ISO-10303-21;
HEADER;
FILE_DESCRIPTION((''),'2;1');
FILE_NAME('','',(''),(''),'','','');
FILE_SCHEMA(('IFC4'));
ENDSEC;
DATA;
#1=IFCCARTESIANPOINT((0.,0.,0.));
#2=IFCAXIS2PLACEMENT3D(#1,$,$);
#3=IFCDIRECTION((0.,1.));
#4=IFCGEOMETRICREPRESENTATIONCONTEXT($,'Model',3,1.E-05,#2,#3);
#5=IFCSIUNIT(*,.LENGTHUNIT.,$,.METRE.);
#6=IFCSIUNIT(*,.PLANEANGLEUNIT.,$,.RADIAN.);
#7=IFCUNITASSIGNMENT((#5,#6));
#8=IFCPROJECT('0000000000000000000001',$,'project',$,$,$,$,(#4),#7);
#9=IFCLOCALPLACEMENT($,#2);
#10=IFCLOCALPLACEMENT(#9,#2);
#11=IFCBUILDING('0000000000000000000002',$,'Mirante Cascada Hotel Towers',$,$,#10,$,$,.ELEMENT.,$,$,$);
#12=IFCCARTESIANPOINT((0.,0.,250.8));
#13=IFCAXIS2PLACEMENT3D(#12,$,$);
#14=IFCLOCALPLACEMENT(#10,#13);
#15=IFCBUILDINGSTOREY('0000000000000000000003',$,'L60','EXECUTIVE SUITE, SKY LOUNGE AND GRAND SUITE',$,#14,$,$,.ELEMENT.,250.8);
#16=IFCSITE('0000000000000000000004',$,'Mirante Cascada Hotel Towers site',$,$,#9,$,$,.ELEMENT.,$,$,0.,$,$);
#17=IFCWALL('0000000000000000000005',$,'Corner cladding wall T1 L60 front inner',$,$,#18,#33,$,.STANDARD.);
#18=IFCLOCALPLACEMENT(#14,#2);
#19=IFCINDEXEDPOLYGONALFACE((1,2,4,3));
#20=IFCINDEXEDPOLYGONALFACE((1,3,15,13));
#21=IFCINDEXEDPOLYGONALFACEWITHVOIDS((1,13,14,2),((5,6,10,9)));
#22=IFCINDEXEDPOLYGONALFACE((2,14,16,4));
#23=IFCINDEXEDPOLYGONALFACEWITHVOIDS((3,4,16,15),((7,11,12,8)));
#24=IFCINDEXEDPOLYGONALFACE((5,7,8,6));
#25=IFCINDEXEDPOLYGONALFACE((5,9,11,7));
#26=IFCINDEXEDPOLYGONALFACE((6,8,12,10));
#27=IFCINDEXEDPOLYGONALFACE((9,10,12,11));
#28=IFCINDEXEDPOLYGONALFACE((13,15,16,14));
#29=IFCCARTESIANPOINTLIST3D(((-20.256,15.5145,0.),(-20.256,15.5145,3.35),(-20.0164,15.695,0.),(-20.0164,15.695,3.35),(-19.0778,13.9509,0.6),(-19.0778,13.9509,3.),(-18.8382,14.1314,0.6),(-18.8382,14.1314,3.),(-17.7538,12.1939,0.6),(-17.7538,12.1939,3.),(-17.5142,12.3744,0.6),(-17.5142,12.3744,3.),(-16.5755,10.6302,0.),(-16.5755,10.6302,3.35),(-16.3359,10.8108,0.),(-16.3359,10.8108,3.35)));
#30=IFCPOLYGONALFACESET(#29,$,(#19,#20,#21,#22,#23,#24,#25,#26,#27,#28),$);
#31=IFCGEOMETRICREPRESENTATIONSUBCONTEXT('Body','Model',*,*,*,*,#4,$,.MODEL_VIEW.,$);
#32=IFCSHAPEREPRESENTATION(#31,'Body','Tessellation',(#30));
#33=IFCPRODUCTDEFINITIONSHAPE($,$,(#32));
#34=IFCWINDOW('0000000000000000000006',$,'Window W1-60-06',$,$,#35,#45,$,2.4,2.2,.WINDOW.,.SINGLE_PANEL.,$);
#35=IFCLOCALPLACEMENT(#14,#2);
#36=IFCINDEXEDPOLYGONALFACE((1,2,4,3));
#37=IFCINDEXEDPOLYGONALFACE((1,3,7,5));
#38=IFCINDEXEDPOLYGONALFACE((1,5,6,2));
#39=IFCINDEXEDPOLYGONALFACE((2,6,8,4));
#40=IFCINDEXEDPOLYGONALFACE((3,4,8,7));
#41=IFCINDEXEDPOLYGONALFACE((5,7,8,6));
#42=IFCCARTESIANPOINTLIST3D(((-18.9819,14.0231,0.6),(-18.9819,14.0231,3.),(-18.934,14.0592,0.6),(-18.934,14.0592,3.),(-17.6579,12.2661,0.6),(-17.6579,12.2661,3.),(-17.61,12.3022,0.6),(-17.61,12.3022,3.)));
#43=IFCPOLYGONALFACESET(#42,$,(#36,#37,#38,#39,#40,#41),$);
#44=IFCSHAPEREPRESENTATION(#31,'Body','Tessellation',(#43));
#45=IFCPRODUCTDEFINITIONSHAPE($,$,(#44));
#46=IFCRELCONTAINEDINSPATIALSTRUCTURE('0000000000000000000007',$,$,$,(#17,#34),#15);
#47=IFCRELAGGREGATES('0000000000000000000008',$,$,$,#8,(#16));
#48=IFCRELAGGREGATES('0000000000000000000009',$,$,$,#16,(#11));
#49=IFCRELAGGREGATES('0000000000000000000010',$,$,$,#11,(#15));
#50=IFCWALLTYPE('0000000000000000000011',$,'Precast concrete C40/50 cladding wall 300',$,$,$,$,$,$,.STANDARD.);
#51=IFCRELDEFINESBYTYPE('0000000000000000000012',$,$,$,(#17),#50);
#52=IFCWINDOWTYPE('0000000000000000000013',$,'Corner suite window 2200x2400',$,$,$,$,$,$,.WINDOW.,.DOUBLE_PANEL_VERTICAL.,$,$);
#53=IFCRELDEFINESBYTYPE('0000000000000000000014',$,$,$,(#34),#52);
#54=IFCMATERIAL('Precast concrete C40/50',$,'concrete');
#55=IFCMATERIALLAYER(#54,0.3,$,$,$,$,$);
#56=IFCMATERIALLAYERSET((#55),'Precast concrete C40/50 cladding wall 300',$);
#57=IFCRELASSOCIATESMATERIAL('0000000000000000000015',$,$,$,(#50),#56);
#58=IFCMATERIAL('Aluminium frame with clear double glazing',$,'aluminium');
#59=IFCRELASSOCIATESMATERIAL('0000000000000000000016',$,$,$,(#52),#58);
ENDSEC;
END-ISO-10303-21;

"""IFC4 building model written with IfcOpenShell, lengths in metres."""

from ifc_helpers import new_model, si_unit, direction, frame, frame_2d, origin, place, context, subcontext, project, spatial, rectangle, extrude, material, layer, layer_set, type_object, element, fill, save


model = new_model("IFC4")

# Units and contexts
model_context = context("Model", 3, precision=1e-05, world=origin(), true_north=direction((0.0, 1.0)))
body_context = subcontext(model_context, "Body", "Model", "MODEL_VIEW")
ifc_project = project(units=[si_unit("LENGTHUNIT", "METRE"), si_unit("PLANEANGLEUNIT", "RADIAN")], contexts=[model_context])

# Site, building, storey
site_placement = place(None, origin())
site = spatial("IfcSite", under=ifc_project, at=site_placement, Name="Mirante Cascada Hotel Towers site", CompositionType="ELEMENT", RefElevation=0.0)
building_placement = place(site_placement, origin())
building = spatial("IfcBuilding", under=site, at=building_placement, Name="Mirante Cascada Hotel Towers", CompositionType="ELEMENT")
storey_placement = place(building_placement, frame((0.0, 0.0, 250.8)))
storey = spatial("IfcBuildingStorey", under=building, at=storey_placement, Name="L60", Description="EXECUTIVE SUITE, SKY LOUNGE AND GRAND SUITE", CompositionType="ELEMENT", Elevation=250.8)

# Wall, opening, window
ifc_material_1 = material(Name="Precast concrete C40/50", Category="concrete")
ifc_layer_1 = layer(ifc_material_1, 0.3)
ifc_layer_set_1 = layer_set([ifc_layer_1], Name="Precast concrete C40/50 cladding wall 300")
wall_type_1 = type_object("IfcWallType", Name="Precast concrete C40/50 cladding wall 300", PredefinedType="STANDARD", material=ifc_layer_set_1)
wall_1_placement = place(storey_placement, frame((-20.1362, 15.6047, 0.0), z_axis=(0.0, 0.0, 1.0), x_axis=(0.601814, -0.798636, 0.0)))
wall_1 = element("IfcWall", 1, at=wall_1_placement, inside=storey, type_object=wall_type_1, Name="Corner cladding wall T1 L60 front inner", PredefinedType="STANDARD", context=body_context, shape_type="SweptSolid", body=[
    extrude(rectangle(XDim=6.1157, YDim=0.3, at=frame_2d((3.0578, 0.0))), origin(), (0.0, 0.0, 1.0), 3.35),
])
opening_1_placement = place(wall_1_placement, frame((1.9578, 0.0, 0.6)))
opening_1 = element("IfcOpeningElement", 2, at=opening_1_placement, cuts=wall_1, PredefinedType="OPENING", context=body_context, shape_type="SweptSolid", body=[
    extrude(rectangle(XDim=2.2, YDim=2.4, at=frame_2d((1.1, 1.2))), frame((0.0, 0.15, 0.0), z_axis=(0.0, -1.0, 0.0), x_axis=(1.0, 0.0, 0.0)), (0.0, 0.0, 1.0), 0.3),
])
ifc_material_2 = material(Name="Aluminium frame with clear double glazing", Category="aluminium")
window_type = type_object("IfcWindowType", Name="Corner suite window 2200x2400", PartitioningType="DOUBLE_PANEL_VERTICAL", PredefinedType="WINDOW", material=ifc_material_2)
window_placement = place(opening_1_placement, origin())
window = element("IfcWindow", 3, at=window_placement, inside=storey, type_object=window_type, Name="Window W1-60-06", OverallHeight=2.4, OverallWidth=2.2, PartitioningType="SINGLE_PANEL", PredefinedType="WINDOW", context=body_context, shape_type="SweptSolid", body=[
    extrude(rectangle(XDim=2.2, YDim=2.4, at=frame_2d((1.1, 1.2))), frame((0.0, 0.03, 0.0), z_axis=(0.0, -1.0, 0.0), x_axis=(1.0, 0.0, 0.0)), (0.0, 0.0, 1.0), 0.06),
])
fill(opening_1, window)

save(model, "model.ifc")
